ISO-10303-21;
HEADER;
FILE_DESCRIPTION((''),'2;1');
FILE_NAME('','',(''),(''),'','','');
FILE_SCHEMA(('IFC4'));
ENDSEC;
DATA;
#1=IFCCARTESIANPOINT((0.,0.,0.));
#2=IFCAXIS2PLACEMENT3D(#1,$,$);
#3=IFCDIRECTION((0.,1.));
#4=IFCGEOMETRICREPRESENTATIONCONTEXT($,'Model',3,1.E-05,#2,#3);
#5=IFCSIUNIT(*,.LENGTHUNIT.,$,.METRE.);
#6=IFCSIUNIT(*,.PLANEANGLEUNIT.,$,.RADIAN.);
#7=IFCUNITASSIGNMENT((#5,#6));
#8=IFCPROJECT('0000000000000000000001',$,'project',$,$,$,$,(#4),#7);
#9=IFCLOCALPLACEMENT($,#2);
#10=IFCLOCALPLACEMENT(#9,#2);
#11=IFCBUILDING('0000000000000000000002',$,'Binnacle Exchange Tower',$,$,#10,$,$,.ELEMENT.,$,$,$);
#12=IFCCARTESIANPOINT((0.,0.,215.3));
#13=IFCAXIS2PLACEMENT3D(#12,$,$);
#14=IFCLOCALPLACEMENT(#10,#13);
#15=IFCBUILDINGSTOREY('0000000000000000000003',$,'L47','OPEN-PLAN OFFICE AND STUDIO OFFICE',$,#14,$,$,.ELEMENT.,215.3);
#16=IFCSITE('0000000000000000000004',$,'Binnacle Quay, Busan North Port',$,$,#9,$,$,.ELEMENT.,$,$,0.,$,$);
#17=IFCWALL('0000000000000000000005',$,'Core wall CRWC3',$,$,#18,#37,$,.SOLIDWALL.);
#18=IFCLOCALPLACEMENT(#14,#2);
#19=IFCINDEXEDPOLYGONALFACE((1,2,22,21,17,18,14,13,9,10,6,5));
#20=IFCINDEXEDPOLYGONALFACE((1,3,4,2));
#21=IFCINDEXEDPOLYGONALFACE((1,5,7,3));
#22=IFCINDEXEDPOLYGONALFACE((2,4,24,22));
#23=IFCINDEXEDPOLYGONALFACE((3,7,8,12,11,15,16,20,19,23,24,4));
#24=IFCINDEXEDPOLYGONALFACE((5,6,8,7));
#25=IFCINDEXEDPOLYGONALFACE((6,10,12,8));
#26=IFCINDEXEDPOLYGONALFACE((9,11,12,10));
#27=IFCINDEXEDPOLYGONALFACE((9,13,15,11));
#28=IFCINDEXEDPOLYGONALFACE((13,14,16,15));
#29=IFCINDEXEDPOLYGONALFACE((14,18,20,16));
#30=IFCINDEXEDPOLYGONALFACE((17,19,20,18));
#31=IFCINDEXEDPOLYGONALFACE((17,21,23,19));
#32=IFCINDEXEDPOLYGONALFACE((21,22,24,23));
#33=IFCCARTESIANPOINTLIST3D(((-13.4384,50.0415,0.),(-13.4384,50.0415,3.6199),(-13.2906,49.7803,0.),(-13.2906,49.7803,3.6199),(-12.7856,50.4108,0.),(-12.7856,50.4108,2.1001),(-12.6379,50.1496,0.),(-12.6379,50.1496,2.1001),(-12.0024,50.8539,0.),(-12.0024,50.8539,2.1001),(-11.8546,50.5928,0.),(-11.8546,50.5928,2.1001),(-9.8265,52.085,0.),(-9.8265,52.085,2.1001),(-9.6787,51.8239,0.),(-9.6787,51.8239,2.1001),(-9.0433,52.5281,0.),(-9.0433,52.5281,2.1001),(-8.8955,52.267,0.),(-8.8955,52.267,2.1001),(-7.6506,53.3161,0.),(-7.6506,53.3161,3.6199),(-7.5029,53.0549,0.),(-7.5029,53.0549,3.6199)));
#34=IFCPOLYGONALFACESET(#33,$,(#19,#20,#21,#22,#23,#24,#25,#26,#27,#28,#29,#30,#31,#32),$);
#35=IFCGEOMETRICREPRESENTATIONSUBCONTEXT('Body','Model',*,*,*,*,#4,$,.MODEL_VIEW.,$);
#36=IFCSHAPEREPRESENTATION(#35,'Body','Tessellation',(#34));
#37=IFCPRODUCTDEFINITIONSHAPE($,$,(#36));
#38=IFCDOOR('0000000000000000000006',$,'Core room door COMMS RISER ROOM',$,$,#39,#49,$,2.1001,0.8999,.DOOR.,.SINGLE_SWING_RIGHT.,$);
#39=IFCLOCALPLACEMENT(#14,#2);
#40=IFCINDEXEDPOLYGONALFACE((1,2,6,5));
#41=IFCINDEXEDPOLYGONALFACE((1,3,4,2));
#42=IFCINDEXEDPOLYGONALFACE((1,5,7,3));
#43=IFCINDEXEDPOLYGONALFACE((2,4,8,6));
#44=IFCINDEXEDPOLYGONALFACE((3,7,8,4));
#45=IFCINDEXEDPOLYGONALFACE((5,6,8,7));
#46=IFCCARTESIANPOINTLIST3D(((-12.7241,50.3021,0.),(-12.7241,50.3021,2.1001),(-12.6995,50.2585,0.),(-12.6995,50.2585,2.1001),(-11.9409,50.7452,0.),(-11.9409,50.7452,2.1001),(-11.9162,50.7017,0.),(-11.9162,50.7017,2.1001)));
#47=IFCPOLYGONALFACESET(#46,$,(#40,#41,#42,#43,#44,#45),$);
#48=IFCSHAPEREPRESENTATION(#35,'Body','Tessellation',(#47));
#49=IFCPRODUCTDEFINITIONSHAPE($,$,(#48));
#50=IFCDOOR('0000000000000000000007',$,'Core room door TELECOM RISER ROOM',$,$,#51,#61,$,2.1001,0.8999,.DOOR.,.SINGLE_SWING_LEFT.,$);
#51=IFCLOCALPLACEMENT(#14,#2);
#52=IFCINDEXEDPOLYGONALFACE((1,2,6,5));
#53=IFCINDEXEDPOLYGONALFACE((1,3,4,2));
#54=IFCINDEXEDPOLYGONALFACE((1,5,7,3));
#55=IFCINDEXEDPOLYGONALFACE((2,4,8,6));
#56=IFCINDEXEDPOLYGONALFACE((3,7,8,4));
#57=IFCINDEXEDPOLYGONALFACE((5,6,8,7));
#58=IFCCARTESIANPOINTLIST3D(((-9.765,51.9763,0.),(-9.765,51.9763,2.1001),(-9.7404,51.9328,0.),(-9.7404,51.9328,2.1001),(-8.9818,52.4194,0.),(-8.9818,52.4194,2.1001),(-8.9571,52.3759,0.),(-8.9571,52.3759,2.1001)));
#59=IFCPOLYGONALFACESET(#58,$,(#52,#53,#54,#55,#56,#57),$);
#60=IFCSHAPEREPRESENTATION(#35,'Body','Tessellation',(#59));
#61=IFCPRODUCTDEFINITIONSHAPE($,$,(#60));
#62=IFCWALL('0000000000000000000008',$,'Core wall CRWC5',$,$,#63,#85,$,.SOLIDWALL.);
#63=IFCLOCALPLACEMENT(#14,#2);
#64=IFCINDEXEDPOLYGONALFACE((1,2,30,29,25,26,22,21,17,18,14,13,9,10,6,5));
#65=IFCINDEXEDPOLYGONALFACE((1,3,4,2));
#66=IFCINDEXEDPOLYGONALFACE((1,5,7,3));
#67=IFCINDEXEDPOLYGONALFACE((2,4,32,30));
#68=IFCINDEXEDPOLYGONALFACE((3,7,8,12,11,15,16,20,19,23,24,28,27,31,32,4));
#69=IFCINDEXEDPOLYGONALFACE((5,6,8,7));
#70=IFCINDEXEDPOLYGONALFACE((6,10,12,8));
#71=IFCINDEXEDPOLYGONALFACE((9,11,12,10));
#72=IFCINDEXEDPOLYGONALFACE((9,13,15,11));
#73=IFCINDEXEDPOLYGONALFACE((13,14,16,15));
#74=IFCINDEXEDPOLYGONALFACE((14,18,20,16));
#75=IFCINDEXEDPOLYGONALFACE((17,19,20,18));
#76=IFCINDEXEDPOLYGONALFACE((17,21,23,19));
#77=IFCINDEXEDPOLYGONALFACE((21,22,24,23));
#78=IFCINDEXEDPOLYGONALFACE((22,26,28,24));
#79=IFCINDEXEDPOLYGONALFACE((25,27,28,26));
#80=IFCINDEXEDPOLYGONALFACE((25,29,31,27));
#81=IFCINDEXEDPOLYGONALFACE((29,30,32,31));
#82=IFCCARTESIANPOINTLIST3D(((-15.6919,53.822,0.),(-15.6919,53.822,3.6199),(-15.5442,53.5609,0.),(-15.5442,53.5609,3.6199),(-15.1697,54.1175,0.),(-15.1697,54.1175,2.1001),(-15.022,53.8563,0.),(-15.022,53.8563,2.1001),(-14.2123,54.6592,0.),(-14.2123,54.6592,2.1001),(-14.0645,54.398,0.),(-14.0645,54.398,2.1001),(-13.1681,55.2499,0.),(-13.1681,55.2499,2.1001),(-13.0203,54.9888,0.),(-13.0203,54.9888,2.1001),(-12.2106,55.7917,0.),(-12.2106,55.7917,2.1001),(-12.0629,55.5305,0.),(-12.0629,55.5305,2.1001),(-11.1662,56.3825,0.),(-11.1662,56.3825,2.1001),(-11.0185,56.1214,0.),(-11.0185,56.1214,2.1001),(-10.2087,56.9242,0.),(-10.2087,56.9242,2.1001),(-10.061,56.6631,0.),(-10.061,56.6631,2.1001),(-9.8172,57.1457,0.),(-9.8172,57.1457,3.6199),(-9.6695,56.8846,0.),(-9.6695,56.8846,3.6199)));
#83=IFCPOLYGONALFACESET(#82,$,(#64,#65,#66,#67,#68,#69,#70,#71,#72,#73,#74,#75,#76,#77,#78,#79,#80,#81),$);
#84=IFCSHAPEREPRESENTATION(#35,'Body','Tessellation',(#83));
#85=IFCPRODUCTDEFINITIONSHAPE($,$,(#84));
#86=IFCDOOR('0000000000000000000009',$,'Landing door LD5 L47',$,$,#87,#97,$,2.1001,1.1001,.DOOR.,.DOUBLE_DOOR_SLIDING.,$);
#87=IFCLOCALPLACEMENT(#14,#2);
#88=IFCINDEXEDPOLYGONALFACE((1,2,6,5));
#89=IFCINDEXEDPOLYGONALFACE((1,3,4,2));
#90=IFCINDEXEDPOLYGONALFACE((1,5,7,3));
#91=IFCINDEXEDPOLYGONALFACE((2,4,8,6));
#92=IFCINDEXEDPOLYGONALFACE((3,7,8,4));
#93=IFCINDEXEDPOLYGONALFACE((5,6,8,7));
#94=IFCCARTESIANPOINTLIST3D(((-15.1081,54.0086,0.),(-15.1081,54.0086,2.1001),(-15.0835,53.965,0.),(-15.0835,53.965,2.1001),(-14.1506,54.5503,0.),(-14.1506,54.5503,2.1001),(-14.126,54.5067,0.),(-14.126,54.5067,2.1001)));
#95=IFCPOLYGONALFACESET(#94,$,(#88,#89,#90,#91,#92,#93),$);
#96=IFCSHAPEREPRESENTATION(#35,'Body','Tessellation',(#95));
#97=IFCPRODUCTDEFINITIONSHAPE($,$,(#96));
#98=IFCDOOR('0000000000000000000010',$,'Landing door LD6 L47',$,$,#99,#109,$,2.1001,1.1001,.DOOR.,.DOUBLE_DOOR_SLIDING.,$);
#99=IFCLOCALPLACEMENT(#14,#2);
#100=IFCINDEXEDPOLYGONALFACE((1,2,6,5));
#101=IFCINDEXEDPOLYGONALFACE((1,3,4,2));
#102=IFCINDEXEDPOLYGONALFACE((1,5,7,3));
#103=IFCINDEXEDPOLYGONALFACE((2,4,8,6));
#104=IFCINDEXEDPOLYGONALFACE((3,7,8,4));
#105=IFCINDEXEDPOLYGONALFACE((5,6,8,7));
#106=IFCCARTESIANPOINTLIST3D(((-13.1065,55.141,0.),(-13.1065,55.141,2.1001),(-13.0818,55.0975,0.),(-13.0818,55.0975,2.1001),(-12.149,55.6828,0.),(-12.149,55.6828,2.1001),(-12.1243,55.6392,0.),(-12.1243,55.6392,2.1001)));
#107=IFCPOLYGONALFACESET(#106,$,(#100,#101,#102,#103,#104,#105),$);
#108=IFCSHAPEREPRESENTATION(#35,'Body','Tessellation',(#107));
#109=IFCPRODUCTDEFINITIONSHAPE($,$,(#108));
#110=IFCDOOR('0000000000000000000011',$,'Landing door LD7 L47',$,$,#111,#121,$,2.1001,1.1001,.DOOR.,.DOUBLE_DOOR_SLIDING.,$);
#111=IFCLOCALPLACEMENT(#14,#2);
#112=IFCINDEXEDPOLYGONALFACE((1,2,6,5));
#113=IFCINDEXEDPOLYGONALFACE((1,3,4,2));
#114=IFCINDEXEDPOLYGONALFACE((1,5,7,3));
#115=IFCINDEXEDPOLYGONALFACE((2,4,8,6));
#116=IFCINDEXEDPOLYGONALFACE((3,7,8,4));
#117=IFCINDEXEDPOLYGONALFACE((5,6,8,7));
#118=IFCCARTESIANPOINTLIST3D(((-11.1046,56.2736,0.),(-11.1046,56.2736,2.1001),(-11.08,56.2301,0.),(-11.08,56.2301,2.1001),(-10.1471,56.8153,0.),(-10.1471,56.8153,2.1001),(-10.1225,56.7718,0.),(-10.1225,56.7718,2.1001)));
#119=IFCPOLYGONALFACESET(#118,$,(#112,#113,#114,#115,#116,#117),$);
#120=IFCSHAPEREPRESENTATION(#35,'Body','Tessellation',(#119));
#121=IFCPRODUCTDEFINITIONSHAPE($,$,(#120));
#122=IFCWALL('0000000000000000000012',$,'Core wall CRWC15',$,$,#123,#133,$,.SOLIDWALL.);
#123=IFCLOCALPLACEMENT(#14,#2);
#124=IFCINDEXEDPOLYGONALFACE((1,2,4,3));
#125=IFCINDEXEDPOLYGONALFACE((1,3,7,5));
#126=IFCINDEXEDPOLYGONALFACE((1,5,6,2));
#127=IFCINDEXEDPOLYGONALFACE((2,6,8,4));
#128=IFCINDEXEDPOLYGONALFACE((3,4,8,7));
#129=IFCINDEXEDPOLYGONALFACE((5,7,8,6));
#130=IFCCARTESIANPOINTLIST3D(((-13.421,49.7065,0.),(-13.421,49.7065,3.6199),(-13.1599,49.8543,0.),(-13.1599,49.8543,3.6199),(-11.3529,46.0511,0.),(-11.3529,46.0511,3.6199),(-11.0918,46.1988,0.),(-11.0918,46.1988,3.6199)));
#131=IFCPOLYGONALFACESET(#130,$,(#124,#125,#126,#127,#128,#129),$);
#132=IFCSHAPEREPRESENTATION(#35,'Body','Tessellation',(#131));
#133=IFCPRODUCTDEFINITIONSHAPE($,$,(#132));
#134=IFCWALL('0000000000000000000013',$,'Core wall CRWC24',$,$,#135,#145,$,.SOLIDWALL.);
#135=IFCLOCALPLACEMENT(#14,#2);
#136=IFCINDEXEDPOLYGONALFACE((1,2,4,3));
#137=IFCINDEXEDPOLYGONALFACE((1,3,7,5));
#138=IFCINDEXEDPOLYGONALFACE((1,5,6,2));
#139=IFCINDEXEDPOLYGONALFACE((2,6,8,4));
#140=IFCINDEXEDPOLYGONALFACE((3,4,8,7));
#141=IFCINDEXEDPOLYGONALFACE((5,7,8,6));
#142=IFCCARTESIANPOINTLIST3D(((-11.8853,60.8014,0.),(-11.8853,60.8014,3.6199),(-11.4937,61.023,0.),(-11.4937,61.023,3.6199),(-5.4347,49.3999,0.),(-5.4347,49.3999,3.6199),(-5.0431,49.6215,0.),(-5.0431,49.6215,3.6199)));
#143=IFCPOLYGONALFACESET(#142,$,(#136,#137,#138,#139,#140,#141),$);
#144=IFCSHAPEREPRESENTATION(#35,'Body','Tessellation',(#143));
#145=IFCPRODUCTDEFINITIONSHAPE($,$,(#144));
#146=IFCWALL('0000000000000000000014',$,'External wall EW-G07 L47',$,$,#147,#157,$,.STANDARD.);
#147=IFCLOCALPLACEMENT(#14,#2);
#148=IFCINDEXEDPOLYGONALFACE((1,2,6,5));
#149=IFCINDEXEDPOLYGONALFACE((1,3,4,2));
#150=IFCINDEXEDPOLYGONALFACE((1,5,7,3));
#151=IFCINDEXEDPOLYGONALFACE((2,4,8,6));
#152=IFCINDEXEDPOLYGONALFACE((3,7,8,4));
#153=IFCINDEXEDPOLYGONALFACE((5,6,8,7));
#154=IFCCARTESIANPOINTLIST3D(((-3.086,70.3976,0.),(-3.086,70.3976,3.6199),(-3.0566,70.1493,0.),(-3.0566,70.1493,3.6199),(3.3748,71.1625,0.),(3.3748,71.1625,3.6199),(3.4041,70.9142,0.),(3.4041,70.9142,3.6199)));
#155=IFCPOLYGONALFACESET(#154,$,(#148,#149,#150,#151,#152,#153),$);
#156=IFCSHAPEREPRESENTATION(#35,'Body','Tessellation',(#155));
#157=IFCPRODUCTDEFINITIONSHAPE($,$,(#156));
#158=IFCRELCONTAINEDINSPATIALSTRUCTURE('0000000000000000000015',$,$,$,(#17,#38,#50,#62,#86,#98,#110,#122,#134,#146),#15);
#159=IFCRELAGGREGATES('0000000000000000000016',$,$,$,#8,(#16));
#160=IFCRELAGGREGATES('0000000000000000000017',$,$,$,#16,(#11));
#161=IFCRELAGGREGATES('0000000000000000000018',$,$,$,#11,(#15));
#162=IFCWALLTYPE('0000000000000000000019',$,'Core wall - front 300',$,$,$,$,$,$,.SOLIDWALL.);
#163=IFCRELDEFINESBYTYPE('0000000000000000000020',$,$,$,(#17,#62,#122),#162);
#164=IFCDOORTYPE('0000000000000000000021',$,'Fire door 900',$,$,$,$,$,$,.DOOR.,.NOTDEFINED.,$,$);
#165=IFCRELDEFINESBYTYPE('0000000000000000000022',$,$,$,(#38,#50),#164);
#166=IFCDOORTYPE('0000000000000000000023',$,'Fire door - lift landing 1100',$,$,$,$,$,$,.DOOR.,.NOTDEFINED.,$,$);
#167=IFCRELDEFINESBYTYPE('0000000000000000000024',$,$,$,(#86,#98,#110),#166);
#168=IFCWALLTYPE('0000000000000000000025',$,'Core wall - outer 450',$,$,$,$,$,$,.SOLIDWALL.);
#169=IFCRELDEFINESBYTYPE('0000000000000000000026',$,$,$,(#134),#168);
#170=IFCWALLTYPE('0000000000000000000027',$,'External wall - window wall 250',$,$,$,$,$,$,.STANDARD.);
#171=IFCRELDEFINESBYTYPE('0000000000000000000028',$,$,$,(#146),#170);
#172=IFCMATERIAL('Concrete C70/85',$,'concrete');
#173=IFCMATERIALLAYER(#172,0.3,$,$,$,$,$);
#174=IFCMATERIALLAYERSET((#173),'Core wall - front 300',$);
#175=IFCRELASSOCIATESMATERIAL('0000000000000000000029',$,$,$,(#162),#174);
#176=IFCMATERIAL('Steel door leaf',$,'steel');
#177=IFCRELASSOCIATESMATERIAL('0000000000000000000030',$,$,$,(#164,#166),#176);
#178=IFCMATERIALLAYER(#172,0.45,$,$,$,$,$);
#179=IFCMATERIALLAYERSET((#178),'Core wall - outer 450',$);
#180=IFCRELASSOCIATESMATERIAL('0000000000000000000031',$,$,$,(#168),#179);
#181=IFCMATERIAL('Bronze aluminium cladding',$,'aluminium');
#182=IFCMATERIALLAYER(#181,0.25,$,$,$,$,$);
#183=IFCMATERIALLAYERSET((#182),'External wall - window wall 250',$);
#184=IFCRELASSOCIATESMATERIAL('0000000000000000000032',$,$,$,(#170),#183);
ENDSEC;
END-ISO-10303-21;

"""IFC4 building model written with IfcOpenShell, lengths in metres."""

from ifc_helpers import new_model, si_unit, direction, frame, frame_2d, origin, place, context, subcontext, project, spatial, rectangle, extrude, material, layer, layer_set, type_object, element, fill, save


model = new_model("IFC4")

# Units and contexts
model_context = context("Model", 3, precision=1e-05, world=origin(), true_north=direction((0.0, 1.0)))
body_context = subcontext(model_context, "Body", "Model", "MODEL_VIEW")
ifc_project = project(units=[si_unit("LENGTHUNIT", "METRE"), si_unit("PLANEANGLEUNIT", "RADIAN")], contexts=[model_context])

# Site, building, storey
site_placement = place(None, origin())
site = spatial("IfcSite", under=ifc_project, at=site_placement, Name="Binnacle Quay, Busan North Port", CompositionType="ELEMENT", RefElevation=0.0)
building_placement = place(site_placement, origin())
building = spatial("IfcBuilding", under=site, at=building_placement, Name="Binnacle Exchange Tower", CompositionType="ELEMENT")
storey_placement = place(building_placement, frame((0.0, 0.0, 215.3)))
storey = spatial("IfcBuildingStorey", under=building, at=storey_placement, Name="L47", Description="OPEN-PLAN OFFICE AND STUDIO OFFICE", CompositionType="ELEMENT", Elevation=215.3)

# Walls, openings, doors
ifc_material_1 = material(Name="Concrete C70/85", Category="concrete")
ifc_layer_1 = layer(ifc_material_1, 0.3)
ifc_layer_set_1 = layer_set([ifc_layer_1], Name="Core wall - front 300")
wall_type_1 = type_object("IfcWallType", Name="Core wall - front 300", PredefinedType="SOLIDWALL", material=ifc_layer_set_1)
wall_1_placement = place(storey_placement, frame((-13.3645, 49.9109, 0.0), z_axis=(0.0, 0.0, 1.0), x_axis=(0.870352, 0.49243, 0.0)))
wall_1 = element("IfcWall", 1, at=wall_1_placement, inside=storey, type_object=wall_type_1, Name="Core wall CRWC3", PredefinedType="SOLIDWALL", context=body_context, shape_type="SweptSolid", body=[
    extrude(rectangle(XDim=6.6499, YDim=0.3, at=frame_2d((3.325, 0.0))), origin(), (0.0, 0.0, 1.0), 3.6199),
])
opening_1_placement = place(wall_1_placement, frame((0.75, 0.0, 0.0)))
opening_1 = element("IfcOpeningElement", 2, at=opening_1_placement, cuts=wall_1, PredefinedType="OPENING", context=body_context, shape_type="SweptSolid", body=[
    extrude(rectangle(XDim=0.8999, YDim=2.1001, at=frame_2d((0.45, 1.05))), frame((0.0, 0.1599, 0.0), z_axis=(0.0, -1.0, 0.0), x_axis=(1.0, 0.0, 0.0)), (0.0, 0.0, 1.0), 0.3201),
])
opening_2_placement = place(wall_1_placement, frame((4.1499, 0.0, 0.0)))
opening_2 = element("IfcOpeningElement", 3, at=opening_2_placement, cuts=wall_1, PredefinedType="OPENING", context=body_context, shape_type="SweptSolid", body=[
    extrude(rectangle(XDim=0.8999, YDim=2.1001, at=frame_2d((0.45, 1.05))), frame((0.0, 0.1599, 0.0), z_axis=(0.0, -1.0, 0.0), x_axis=(1.0, 0.0, 0.0)), (0.0, 0.0, 1.0), 0.3201),
])
ifc_material_2 = material(Name="Steel door leaf", Category="steel")
door_type_1 = type_object("IfcDoorType", Name="Fire door 900", OperationType="NOTDEFINED", PredefinedType="DOOR", material=ifc_material_2)
door_1_placement = place(opening_1_placement, frame((0.8999, 0.0, 0.0), z_axis=(0.0, 0.0, 1.0), x_axis=(-1.0, 0.0, 0.0)))
door_1 = element("IfcDoor", 4, at=door_1_placement, inside=storey, type_object=door_type_1, Name="Core room door COMMS RISER ROOM", OperationType="SINGLE_SWING_RIGHT", OverallHeight=2.1001, OverallWidth=0.8999, PredefinedType="DOOR", context=body_context, shape_type="SweptSolid", body=[
    extrude(rectangle(XDim=0.8999, YDim=2.1001, at=frame_2d((0.45, 1.05))), frame((0.0, 0.0249, 0.0), z_axis=(0.0, -1.0, 0.0), x_axis=(1.0, 0.0, 0.0)), (0.0, 0.0, 1.0), 0.05),
])
fill(opening_1, door_1)
door_2_placement = place(opening_2_placement, frame((0.8999, 0.0, 0.0), z_axis=(0.0, 0.0, 1.0), x_axis=(-1.0, 0.0, 0.0)))
door_2 = element("IfcDoor", 5, at=door_2_placement, inside=storey, type_object=door_type_1, Name="Core room door TELECOM RISER ROOM", OperationType="SINGLE_SWING_LEFT", OverallHeight=2.1001, OverallWidth=0.8999, PredefinedType="DOOR", context=body_context, shape_type="SweptSolid", body=[
    extrude(rectangle(XDim=0.8999, YDim=2.1001, at=frame_2d((0.45, 1.05))), frame((0.0, 0.0249, 0.0), z_axis=(0.0, -1.0, 0.0), x_axis=(1.0, 0.0, 0.0)), (0.0, 0.0, 1.0), 0.05),
])
fill(opening_2, door_2)
wall_2_placement = place(storey_placement, frame((-15.6182, 53.6914, 0.0), z_axis=(0.0, 0.0, 1.0), x_axis=(0.870359, 0.492418, 0.0)))
wall_2 = element("IfcWall", 6, at=wall_2_placement, inside=storey, type_object=wall_type_1, Name="Core wall CRWC5", PredefinedType="SOLIDWALL", context=body_context, shape_type="SweptSolid", body=[
    extrude(rectangle(XDim=6.7498, YDim=0.3, at=frame_2d((3.375, 0.0))), origin(), (0.0, 0.0, 1.0), 3.6199),
])
opening_3_placement = place(wall_2_placement, frame((0.6001, 0.0, 0.0)))
opening_3 = element("IfcOpeningElement", 7, at=opening_3_placement, cuts=wall_2, PredefinedType="OPENING", context=body_context, shape_type="SweptSolid", body=[
    extrude(rectangle(XDim=1.1001, YDim=2.1001, at=frame_2d((0.55, 1.05))), frame((0.0, 0.1599, 0.0), z_axis=(0.0, -1.0, 0.0), x_axis=(1.0, 0.0, 0.0)), (0.0, 0.0, 1.0), 0.3201),
])
opening_4_placement = place(wall_2_placement, frame((2.8999, 0.0, 0.0)))
opening_4 = element("IfcOpeningElement", 8, at=opening_4_placement, cuts=wall_2, PredefinedType="OPENING", context=body_context, shape_type="SweptSolid", body=[
    extrude(rectangle(XDim=1.1001, YDim=2.1001, at=frame_2d((0.55, 1.05))), frame((0.0, 0.1599, 0.0), z_axis=(0.0, -1.0, 0.0), x_axis=(1.0, 0.0, 0.0)), (0.0, 0.0, 1.0), 0.3201),
])
opening_5_placement = place(wall_2_placement, frame((5.2, 0.0, 0.0)))
opening_5 = element("IfcOpeningElement", 9, at=opening_5_placement, cuts=wall_2, PredefinedType="OPENING", context=body_context, shape_type="SweptSolid", body=[
    extrude(rectangle(XDim=1.1001, YDim=2.1001, at=frame_2d((0.55, 1.05))), frame((0.0, 0.1599, 0.0), z_axis=(0.0, -1.0, 0.0), x_axis=(1.0, 0.0, 0.0)), (0.0, 0.0, 1.0), 0.3201),
])
door_type_2 = type_object("IfcDoorType", Name="Fire door - lift landing 1100", OperationType="NOTDEFINED", PredefinedType="DOOR", material=ifc_material_2)
door_3_placement = place(opening_3_placement, origin())
door_3 = element("IfcDoor", 10, at=door_3_placement, inside=storey, type_object=door_type_2, Name="Landing door LD5 L47", OperationType="DOUBLE_DOOR_SLIDING", OverallHeight=2.1001, OverallWidth=1.1001, PredefinedType="DOOR", context=body_context, shape_type="SweptSolid", body=[
    extrude(rectangle(XDim=1.1001, YDim=2.1001, at=frame_2d((0.55, 1.05))), frame((0.0, 0.0249, 0.0), z_axis=(0.0, -1.0, 0.0), x_axis=(1.0, 0.0, 0.0)), (0.0, 0.0, 1.0), 0.05),
])
fill(opening_3, door_3)
door_4_placement = place(opening_4_placement, origin())
door_4 = element("IfcDoor", 11, at=door_4_placement, inside=storey, type_object=door_type_2, Name="Landing door LD6 L47", OperationType="DOUBLE_DOOR_SLIDING", OverallHeight=2.1001, OverallWidth=1.1001, PredefinedType="DOOR", context=body_context, shape_type="SweptSolid", body=[
    extrude(rectangle(XDim=1.1001, YDim=2.1001, at=frame_2d((0.55, 1.05))), frame((0.0, 0.0249, 0.0), z_axis=(0.0, -1.0, 0.0), x_axis=(1.0, 0.0, 0.0)), (0.0, 0.0, 1.0), 0.05),
])
fill(opening_4, door_4)
door_5_placement = place(opening_5_placement, origin())
door_5 = element("IfcDoor", 12, at=door_5_placement, inside=storey, type_object=door_type_2, Name="Landing door LD7 L47", OperationType="DOUBLE_DOOR_SLIDING", OverallHeight=2.1001, OverallWidth=1.1001, PredefinedType="DOOR", context=body_context, shape_type="SweptSolid", body=[
    extrude(rectangle(XDim=1.1001, YDim=2.1001, at=frame_2d((0.55, 1.05))), frame((0.0, 0.0249, 0.0), z_axis=(0.0, -1.0, 0.0), x_axis=(1.0, 0.0, 0.0)), (0.0, 0.0, 1.0), 0.05),
])
fill(opening_5, door_5)

# Walls
wall_3_placement = place(storey_placement, frame((-13.2905, 49.7805, 0.0), z_axis=(0.0, 0.0, 1.0), x_axis=(0.49241, -0.870364, 0.0)))
element("IfcWall", 13, at=wall_3_placement, inside=storey, type_object=wall_type_1, Name="Core wall CRWC15", PredefinedType="SOLIDWALL", context=body_context, shape_type="SweptSolid", body=[
    extrude(rectangle(XDim=4.2, YDim=0.3, at=frame_2d((2.1001, 0.0))), origin(), (0.0, 0.0, 1.0), 3.6199),
])
ifc_layer_2 = layer(ifc_material_1, 0.45)
ifc_layer_set_2 = layer_set([ifc_layer_2], Name="Core wall - outer 450")
wall_type_2 = type_object("IfcWallType", Name="Core wall - outer 450", PredefinedType="SOLIDWALL", material=ifc_layer_set_2)
wall_4_placement = place(storey_placement, frame((-11.6895, 60.9121, 0.0), z_axis=(0.0, 0.0, 1.0), x_axis=(0.492421, -0.870357, 0.0)))
element("IfcWall", 14, at=wall_4_placement, inside=storey, type_object=wall_type_2, Name="Core wall CRWC24", PredefinedType="SOLIDWALL", context=body_context, shape_type="SweptSolid", body=[
    extrude(rectangle(XDim=13.0999, YDim=0.45, at=frame_2d((6.5498, 0.0))), origin(), (0.0, 0.0, 1.0), 3.6199),
])
ifc_material_3 = material(Name="Bronze aluminium cladding", Category="aluminium")
ifc_layer_3 = layer(ifc_material_3, 0.25)
ifc_layer_set_3 = layer_set([ifc_layer_3], Name="External wall - window wall 250")
wall_type_3 = type_object("IfcWallType", Name="External wall - window wall 250", PredefinedType="STANDARD", material=ifc_layer_set_3)
wall_5_placement = place(storey_placement, frame((-3.0713, 70.2734, 0.0), z_axis=(0.0, 0.0, 1.0), x_axis=(0.993065, 0.117571, 0.0)))
element("IfcWall", 15, at=wall_5_placement, inside=storey, type_object=wall_type_3, Name="External wall EW-G07 L47", PredefinedType="STANDARD", context=body_context, shape_type="SweptSolid", body=[
    extrude(rectangle(XDim=6.5059, YDim=0.25, at=frame_2d((3.2529, 0.0))), origin(), (0.0, 0.0, 1.0), 3.6199),
])

save(model, "model.ifc")
